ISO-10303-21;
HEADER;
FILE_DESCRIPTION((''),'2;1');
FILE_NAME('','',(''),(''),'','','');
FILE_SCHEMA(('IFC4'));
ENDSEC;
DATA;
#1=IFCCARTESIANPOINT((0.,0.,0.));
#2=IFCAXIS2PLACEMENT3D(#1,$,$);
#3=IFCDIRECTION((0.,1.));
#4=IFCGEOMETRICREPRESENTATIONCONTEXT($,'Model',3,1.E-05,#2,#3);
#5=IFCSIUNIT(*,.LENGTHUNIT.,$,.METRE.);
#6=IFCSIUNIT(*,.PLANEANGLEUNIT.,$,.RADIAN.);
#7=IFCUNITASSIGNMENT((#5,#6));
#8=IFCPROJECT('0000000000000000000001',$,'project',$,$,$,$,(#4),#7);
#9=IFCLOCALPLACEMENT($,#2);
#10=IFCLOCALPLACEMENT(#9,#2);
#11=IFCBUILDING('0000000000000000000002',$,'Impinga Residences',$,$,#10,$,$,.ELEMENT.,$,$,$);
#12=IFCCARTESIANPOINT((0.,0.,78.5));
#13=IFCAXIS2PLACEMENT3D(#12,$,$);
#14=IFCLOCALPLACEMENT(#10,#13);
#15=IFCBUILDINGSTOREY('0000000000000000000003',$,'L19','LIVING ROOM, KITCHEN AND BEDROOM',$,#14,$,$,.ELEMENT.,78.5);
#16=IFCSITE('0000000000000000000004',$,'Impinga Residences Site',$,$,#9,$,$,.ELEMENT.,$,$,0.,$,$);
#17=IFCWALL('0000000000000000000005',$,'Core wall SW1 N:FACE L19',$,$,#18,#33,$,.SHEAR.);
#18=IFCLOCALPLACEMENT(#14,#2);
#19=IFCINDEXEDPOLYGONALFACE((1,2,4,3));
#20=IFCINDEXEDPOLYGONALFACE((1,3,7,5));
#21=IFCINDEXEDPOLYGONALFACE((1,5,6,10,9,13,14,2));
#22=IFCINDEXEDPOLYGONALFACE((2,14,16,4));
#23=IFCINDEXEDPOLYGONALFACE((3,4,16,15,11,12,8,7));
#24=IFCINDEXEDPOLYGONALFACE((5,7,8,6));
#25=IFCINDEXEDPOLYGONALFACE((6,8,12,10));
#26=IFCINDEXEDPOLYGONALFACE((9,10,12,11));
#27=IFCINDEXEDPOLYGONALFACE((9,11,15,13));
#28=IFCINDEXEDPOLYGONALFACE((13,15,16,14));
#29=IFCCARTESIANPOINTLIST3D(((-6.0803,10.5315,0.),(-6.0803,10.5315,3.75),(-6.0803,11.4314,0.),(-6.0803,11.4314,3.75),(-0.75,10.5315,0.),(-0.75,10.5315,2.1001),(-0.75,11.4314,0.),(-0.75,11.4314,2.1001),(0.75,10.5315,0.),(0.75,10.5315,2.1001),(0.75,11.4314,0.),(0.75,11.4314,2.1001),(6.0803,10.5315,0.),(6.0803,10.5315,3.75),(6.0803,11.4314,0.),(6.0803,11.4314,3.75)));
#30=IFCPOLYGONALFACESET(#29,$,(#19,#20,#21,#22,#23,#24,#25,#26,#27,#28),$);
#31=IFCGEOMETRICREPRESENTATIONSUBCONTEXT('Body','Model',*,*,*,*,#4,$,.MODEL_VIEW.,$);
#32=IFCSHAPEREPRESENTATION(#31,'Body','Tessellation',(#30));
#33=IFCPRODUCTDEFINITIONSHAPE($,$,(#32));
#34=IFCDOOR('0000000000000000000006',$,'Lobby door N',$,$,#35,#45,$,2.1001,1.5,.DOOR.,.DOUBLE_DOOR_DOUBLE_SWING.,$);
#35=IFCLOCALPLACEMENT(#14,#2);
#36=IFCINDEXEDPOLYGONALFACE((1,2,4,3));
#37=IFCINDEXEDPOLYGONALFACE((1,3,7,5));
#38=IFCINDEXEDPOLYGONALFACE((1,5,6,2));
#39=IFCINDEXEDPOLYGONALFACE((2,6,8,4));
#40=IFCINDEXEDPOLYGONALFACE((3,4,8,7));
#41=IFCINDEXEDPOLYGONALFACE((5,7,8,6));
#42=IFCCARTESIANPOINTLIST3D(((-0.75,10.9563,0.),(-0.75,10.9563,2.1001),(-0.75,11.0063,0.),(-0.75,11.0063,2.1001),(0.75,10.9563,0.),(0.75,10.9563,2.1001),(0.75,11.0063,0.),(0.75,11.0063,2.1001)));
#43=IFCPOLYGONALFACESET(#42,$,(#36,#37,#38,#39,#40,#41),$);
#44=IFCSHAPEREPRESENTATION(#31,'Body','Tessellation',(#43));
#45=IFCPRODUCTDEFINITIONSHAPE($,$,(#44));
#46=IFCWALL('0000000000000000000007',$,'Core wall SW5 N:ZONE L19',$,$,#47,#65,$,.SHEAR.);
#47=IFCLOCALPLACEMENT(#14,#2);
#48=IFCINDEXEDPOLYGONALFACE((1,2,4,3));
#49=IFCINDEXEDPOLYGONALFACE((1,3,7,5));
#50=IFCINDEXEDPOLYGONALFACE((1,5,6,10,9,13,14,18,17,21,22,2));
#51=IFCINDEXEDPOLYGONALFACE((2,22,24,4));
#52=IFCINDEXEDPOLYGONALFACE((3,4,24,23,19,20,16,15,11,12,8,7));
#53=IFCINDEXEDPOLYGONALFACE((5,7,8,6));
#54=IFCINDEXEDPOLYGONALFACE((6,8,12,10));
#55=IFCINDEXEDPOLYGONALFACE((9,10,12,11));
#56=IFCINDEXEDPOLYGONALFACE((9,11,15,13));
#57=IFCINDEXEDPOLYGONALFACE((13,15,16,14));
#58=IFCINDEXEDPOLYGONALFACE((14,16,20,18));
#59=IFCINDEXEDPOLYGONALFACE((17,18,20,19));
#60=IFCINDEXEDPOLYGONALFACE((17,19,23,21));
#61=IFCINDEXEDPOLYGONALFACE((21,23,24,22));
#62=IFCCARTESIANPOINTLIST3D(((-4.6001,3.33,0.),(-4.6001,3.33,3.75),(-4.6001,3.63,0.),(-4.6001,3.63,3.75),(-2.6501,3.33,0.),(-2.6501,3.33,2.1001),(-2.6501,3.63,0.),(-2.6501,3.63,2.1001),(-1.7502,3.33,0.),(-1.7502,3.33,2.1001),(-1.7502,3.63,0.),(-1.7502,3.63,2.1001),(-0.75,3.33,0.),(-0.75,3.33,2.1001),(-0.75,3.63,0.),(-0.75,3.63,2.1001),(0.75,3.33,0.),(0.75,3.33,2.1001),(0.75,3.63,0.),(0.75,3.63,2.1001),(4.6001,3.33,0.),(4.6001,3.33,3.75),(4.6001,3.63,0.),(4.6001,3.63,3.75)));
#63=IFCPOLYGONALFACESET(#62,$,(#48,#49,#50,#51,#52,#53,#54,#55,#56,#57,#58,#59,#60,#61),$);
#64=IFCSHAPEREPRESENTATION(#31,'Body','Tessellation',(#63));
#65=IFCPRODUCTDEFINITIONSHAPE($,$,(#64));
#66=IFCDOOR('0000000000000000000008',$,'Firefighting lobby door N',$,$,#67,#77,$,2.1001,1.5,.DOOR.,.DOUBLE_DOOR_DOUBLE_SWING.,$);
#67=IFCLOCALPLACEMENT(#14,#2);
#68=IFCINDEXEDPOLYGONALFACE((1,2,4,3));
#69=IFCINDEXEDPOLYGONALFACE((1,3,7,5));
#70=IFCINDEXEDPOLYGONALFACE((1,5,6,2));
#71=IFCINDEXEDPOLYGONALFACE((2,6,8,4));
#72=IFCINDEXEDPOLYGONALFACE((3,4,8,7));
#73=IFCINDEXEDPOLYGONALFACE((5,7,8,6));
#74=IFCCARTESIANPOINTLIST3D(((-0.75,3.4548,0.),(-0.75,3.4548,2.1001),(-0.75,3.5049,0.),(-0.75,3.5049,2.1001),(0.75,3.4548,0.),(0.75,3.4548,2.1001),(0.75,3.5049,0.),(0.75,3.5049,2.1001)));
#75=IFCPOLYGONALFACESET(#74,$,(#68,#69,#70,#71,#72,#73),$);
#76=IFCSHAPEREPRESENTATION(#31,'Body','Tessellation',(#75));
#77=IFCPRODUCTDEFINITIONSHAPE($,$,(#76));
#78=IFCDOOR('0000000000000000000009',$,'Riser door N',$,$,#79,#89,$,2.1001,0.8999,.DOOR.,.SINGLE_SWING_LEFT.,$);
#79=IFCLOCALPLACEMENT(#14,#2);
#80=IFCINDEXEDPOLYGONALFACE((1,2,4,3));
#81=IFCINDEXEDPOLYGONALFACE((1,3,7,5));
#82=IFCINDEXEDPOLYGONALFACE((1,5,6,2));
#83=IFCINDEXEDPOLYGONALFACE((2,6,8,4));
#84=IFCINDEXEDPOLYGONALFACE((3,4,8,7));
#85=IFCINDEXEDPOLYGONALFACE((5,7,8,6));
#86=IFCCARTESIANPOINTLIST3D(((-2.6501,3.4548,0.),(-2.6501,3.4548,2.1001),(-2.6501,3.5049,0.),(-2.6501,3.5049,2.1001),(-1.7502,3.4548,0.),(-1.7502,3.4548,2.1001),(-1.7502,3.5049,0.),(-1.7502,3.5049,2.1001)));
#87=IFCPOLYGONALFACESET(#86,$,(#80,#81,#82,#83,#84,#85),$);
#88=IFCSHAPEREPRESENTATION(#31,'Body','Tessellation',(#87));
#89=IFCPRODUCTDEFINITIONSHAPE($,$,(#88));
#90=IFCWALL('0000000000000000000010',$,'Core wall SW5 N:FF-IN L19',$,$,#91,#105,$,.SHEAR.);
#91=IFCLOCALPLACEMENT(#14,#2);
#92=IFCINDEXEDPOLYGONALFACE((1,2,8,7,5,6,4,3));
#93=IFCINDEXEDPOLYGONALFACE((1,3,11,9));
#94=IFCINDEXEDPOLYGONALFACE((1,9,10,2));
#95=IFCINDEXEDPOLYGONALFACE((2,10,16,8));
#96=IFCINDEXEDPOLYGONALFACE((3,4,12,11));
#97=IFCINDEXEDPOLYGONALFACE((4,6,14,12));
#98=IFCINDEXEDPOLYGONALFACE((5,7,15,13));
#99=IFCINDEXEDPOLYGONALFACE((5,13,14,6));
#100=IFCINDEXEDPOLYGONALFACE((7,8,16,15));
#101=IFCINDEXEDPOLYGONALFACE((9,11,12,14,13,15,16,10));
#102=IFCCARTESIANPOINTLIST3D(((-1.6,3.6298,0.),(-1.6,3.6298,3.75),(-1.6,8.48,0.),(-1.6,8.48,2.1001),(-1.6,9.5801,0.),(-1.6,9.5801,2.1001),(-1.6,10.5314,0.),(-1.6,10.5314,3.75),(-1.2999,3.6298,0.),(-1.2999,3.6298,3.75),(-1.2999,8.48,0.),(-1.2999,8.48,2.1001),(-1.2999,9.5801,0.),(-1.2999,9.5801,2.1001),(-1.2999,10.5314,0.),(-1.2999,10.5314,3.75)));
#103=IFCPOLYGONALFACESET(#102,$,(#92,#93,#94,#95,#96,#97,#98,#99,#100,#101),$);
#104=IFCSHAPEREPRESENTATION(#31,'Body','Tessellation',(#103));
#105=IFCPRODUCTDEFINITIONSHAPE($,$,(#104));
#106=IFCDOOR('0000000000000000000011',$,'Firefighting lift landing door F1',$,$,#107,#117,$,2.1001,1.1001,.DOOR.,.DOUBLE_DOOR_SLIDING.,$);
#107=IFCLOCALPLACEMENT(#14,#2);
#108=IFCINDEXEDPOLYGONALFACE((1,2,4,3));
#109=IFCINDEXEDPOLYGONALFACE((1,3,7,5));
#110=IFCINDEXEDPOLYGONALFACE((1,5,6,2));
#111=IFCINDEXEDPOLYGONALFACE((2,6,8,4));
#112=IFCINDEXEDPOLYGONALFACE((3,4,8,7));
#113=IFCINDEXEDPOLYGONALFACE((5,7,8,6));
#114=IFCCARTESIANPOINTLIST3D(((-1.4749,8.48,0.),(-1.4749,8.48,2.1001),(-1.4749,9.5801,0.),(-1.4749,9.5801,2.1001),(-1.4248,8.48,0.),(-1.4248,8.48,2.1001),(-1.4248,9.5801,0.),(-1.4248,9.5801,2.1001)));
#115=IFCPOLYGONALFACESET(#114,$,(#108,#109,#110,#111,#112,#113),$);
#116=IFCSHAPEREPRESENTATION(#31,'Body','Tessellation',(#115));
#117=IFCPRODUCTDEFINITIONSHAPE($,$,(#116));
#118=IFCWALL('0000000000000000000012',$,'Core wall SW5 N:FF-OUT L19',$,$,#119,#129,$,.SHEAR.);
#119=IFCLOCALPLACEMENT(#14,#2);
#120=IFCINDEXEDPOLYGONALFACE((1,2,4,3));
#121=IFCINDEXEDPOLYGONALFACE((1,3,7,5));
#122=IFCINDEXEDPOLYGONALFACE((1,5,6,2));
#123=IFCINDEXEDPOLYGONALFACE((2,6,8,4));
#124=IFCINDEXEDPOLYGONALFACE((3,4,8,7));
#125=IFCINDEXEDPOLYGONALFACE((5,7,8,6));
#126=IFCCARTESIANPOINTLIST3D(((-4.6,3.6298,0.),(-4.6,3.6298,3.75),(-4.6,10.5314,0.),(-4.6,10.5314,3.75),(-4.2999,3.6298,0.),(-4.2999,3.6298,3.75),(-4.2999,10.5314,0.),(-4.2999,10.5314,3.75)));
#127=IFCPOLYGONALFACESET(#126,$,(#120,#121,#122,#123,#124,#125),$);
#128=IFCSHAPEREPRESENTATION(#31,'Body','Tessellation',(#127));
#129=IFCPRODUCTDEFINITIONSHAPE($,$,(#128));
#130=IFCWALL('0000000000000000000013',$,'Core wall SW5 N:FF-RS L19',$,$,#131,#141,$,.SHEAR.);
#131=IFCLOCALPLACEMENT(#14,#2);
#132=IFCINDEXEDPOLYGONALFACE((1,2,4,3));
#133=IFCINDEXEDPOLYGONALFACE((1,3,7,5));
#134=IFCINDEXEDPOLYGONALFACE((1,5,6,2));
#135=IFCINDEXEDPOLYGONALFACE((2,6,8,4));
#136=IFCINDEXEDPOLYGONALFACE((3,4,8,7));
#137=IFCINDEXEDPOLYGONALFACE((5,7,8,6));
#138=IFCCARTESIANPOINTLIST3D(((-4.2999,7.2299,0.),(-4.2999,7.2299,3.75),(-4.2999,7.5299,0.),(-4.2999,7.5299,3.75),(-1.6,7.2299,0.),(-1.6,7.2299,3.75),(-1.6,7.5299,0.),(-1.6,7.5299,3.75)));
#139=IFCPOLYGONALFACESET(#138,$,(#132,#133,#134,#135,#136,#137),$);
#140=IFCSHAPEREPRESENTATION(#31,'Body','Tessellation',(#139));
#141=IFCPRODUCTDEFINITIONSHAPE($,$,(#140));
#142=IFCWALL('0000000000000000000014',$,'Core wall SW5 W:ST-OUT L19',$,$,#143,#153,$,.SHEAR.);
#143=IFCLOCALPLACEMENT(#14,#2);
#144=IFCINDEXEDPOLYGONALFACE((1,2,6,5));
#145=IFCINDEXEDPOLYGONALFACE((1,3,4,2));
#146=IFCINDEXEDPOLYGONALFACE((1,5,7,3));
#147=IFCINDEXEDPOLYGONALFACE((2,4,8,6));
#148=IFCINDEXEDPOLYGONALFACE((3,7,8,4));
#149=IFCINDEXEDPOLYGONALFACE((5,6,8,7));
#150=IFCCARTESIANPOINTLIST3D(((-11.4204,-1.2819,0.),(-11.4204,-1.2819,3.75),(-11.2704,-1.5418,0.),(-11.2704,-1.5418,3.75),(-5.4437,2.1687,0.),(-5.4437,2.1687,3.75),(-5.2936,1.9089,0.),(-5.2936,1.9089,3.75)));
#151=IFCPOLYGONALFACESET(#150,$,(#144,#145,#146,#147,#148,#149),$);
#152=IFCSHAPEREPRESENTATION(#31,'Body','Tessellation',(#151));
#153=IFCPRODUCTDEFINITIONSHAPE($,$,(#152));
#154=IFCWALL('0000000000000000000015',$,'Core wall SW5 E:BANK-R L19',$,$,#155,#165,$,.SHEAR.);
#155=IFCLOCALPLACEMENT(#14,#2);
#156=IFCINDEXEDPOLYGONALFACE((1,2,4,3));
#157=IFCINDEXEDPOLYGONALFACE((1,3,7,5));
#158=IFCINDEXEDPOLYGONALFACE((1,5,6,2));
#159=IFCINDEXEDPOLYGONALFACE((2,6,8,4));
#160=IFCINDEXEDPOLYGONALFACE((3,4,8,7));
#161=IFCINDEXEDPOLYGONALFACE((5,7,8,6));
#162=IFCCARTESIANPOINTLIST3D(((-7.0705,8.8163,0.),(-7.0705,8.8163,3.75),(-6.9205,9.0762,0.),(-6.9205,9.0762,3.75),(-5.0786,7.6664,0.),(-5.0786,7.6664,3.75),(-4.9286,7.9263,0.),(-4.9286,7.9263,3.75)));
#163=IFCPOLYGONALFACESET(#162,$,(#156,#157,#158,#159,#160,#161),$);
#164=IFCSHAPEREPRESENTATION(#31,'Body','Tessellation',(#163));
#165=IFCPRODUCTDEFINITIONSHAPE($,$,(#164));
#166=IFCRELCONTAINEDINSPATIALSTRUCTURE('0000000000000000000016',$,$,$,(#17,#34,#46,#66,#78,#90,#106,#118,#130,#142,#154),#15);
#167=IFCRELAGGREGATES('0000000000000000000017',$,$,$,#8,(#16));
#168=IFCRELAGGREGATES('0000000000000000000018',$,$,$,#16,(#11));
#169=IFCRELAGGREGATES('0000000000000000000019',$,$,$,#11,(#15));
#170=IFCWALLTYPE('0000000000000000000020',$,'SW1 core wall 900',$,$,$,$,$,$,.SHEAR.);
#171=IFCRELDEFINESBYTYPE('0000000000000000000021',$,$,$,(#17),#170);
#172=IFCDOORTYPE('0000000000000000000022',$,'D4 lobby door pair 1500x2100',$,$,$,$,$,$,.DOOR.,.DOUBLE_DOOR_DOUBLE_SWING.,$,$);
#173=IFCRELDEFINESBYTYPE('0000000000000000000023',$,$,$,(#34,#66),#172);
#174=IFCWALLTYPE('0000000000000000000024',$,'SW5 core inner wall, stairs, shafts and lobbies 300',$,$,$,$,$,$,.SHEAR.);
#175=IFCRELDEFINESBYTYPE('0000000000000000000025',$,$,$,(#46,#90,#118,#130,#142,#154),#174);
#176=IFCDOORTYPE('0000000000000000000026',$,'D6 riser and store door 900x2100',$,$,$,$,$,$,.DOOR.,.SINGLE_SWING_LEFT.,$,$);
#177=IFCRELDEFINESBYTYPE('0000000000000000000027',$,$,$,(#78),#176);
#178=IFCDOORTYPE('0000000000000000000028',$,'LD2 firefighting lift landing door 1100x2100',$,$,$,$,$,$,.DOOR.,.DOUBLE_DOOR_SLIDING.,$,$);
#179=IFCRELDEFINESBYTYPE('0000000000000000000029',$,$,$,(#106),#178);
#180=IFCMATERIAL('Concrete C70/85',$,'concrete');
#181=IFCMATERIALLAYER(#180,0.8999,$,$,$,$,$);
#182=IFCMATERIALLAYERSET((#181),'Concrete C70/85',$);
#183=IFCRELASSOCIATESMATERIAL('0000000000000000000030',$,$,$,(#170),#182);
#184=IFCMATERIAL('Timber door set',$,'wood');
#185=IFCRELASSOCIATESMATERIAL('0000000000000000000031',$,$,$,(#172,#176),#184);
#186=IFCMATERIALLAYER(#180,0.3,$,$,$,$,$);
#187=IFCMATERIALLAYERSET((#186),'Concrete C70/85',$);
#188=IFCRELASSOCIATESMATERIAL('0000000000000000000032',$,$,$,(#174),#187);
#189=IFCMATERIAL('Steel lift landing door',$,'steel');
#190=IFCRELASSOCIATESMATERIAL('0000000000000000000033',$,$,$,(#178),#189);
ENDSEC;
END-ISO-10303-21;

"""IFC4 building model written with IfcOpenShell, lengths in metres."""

from ifc_helpers import new_model, si_unit, direction, frame, frame_2d, origin, place, context, subcontext, project, spatial, rectangle, extrude, material, layer, layer_set, type_object, element, fill, save


model = new_model("IFC4")

# Units and contexts
model_context = context("Model", 3, precision=1e-05, world=origin(), true_north=direction((0.0, 1.0)))
body_context = subcontext(model_context, "Body", "Model", "MODEL_VIEW")
ifc_project = project(units=[si_unit("LENGTHUNIT", "METRE"), si_unit("PLANEANGLEUNIT", "RADIAN")], contexts=[model_context])

# Site, building, storey
site_placement = place(None, origin())
site = spatial("IfcSite", under=ifc_project, at=site_placement, Name="Impinga Residences Site", CompositionType="ELEMENT", RefElevation=0.0)
building_placement = place(site_placement, origin())
building = spatial("IfcBuilding", under=site, at=building_placement, Name="Impinga Residences", CompositionType="ELEMENT")
storey_placement = place(building_placement, frame((0.0, 0.0, 78.5)))
storey = spatial("IfcBuildingStorey", under=building, at=storey_placement, Name="L19", Description="LIVING ROOM, KITCHEN AND BEDROOM", CompositionType="ELEMENT", Elevation=78.5)

# Shared definitions
ifc_material_1 = material(Name="Concrete C70/85", Category="concrete")
ifc_material_2 = material(Name="Timber door set", Category="wood")

# Wall, opening, door
ifc_layer_1 = layer(ifc_material_1, 0.8999)
ifc_layer_set_1 = layer_set([ifc_layer_1], Name="Concrete C70/85")
wall_type_1 = type_object("IfcWallType", Name="SW1 core wall 900", PredefinedType="SHEAR", material=ifc_layer_set_1)
wall_1_placement = place(storey_placement, frame((-6.0803, 10.9814, 0.0), z_axis=(0.0, 0.0, 1.0), x_axis=(1.0, 0.0, 0.0)))
wall_1 = element("IfcWall", 1, at=wall_1_placement, inside=storey, type_object=wall_type_1, Name="Core wall SW1 N:FACE L19", PredefinedType="SHEAR", context=body_context, shape_type="SweptSolid", body=[
    extrude(rectangle(XDim=12.1606, YDim=0.8999, at=frame_2d((6.0803, 0.0))), origin(), (0.0, 0.0, 1.0), 3.75),
])
opening_1_placement = place(wall_1_placement, frame((5.3303, 0.0, 0.0)))
opening_1 = element("IfcOpeningElement", 2, at=opening_1_placement, cuts=wall_1, PredefinedType="OPENING", context=body_context, shape_type="SweptSolid", body=[
    extrude(rectangle(XDim=1.5, YDim=2.1001, at=frame_2d((0.75, 1.05))), frame((0.0, 0.46, 0.0), z_axis=(0.0, -1.0, 0.0), x_axis=(1.0, 0.0, 0.0)), (0.0, 0.0, 1.0), 0.9199),
])
door_type_1 = type_object("IfcDoorType", Name="D4 lobby door pair 1500x2100", OperationType="DOUBLE_DOOR_DOUBLE_SWING", PredefinedType="DOOR", material=ifc_material_2)
door_1_placement = place(opening_1_placement, origin())
door_1 = element("IfcDoor", 3, at=door_1_placement, inside=storey, type_object=door_type_1, Name="Lobby door N", OperationType="DOUBLE_DOOR_DOUBLE_SWING", OverallHeight=2.1001, OverallWidth=1.5, PredefinedType="DOOR", context=body_context, shape_type="SweptSolid", body=[
    extrude(rectangle(XDim=1.5, YDim=2.1001, at=frame_2d((0.75, 1.05))), frame((0.0, 0.0249, 0.0), z_axis=(0.0, -1.0, 0.0), x_axis=(1.0, 0.0, 0.0)), (0.0, 0.0, 1.0), 0.05),
])
fill(opening_1, door_1)

# Wall, openings, doors
ifc_layer_2 = layer(ifc_material_1, 0.3)
ifc_layer_set_2 = layer_set([ifc_layer_2], Name="Concrete C70/85")
wall_type_2 = type_object("IfcWallType", Name="SW5 core inner wall, stairs, shafts and lobbies 300", PredefinedType="SHEAR", material=ifc_layer_set_2)
wall_2_placement = place(storey_placement, frame((-4.6001, 3.48, 0.0), z_axis=(0.0, 0.0, 1.0), x_axis=(1.0, 0.0, 0.0)))
wall_2 = element("IfcWall", 4, at=wall_2_placement, inside=storey, type_object=wall_type_2, Name="Core wall SW5 N:ZONE L19", PredefinedType="SHEAR", context=body_context, shape_type="SweptSolid", body=[
    extrude(rectangle(XDim=9.2002, YDim=0.3, at=frame_2d((4.6001, 0.0))), origin(), (0.0, 0.0, 1.0), 3.75),
])
opening_2_placement = place(wall_2_placement, frame((3.8501, 0.0, 0.0)))
opening_2 = element("IfcOpeningElement", 5, at=opening_2_placement, cuts=wall_2, PredefinedType="OPENING", context=body_context, shape_type="SweptSolid", body=[
    extrude(rectangle(XDim=1.5, YDim=2.1001, at=frame_2d((0.75, 1.05))), frame((0.0, 0.1599, 0.0), z_axis=(0.0, -1.0, 0.0), x_axis=(1.0, 0.0, 0.0)), (0.0, 0.0, 1.0), 0.3201),
])
opening_3_placement = place(wall_2_placement, frame((1.95, 0.0, 0.0)))
opening_3 = element("IfcOpeningElement", 6, at=opening_3_placement, cuts=wall_2, PredefinedType="OPENING", context=body_context, shape_type="SweptSolid", body=[
    extrude(rectangle(XDim=0.8999, YDim=2.1001, at=frame_2d((0.45, 1.05))), frame((0.0, 0.1599, 0.0), z_axis=(0.0, -1.0, 0.0), x_axis=(1.0, 0.0, 0.0)), (0.0, 0.0, 1.0), 0.3201),
])
door_2_placement = place(opening_2_placement, origin())
door_2 = element("IfcDoor", 7, at=door_2_placement, inside=storey, type_object=door_type_1, Name="Firefighting lobby door N", OperationType="DOUBLE_DOOR_DOUBLE_SWING", OverallHeight=2.1001, OverallWidth=1.5, PredefinedType="DOOR", context=body_context, shape_type="SweptSolid", body=[
    extrude(rectangle(XDim=1.5, YDim=2.1001, at=frame_2d((0.75, 1.05))), frame((0.0, 0.0249, 0.0), z_axis=(0.0, -1.0, 0.0), x_axis=(1.0, 0.0, 0.0)), (0.0, 0.0, 1.0), 0.05),
])
fill(opening_2, door_2)
door_type_2 = type_object("IfcDoorType", Name="D6 riser and store door 900x2100", OperationType="SINGLE_SWING_LEFT", PredefinedType="DOOR", material=ifc_material_2)
door_3_placement = place(opening_3_placement, origin())
door_3 = element("IfcDoor", 8, at=door_3_placement, inside=storey, type_object=door_type_2, Name="Riser door N", OperationType="SINGLE_SWING_LEFT", OverallHeight=2.1001, OverallWidth=0.8999, PredefinedType="DOOR", context=body_context, shape_type="SweptSolid", body=[
    extrude(rectangle(XDim=0.8999, YDim=2.1001, at=frame_2d((0.45, 1.05))), frame((0.0, 0.0249, 0.0), z_axis=(0.0, -1.0, 0.0), x_axis=(1.0, 0.0, 0.0)), (0.0, 0.0, 1.0), 0.05),
])
fill(opening_3, door_3)

# Wall, opening, door
wall_3_placement = place(storey_placement, frame((-1.45, 3.6299, 0.0), z_axis=(0.0, 0.0, 1.0), x_axis=(0.0, 1.0, 0.0)))
wall_3 = element("IfcWall", 9, at=wall_3_placement, inside=storey, type_object=wall_type_2, Name="Core wall SW5 N:FF-IN L19", PredefinedType="SHEAR", context=body_context, shape_type="SweptSolid", body=[
    extrude(rectangle(XDim=6.9016, YDim=0.3, at=frame_2d((3.4507, 0.0))), origin(), (0.0, 0.0, 1.0), 3.75),
])
opening_4_placement = place(wall_3_placement, frame((4.8501, 0.0, 0.0)))
opening_4 = element("IfcOpeningElement", 10, at=opening_4_placement, cuts=wall_3, PredefinedType="OPENING", context=body_context, shape_type="SweptSolid", body=[
    extrude(rectangle(XDim=1.1001, YDim=2.1001, at=frame_2d((0.55, 1.05))), frame((0.0, 0.1599, 0.0), z_axis=(0.0, -1.0, 0.0), x_axis=(1.0, 0.0, 0.0)), (0.0, 0.0, 1.0), 0.3201),
])
ifc_material_3 = material(Name="Steel lift landing door", Category="steel")
door_type_3 = type_object("IfcDoorType", Name="LD2 firefighting lift landing door 1100x2100", OperationType="DOUBLE_DOOR_SLIDING", PredefinedType="DOOR", material=ifc_material_3)
door_4_placement = place(opening_4_placement, origin())
door_4 = element("IfcDoor", 11, at=door_4_placement, inside=storey, type_object=door_type_3, Name="Firefighting lift landing door F1", OperationType="DOUBLE_DOOR_SLIDING", OverallHeight=2.1001, OverallWidth=1.1001, PredefinedType="DOOR", context=body_context, shape_type="SweptSolid", body=[
    extrude(rectangle(XDim=1.1001, YDim=2.1001, at=frame_2d((0.55, 1.05))), frame((0.0, 0.0249, 0.0), z_axis=(0.0, -1.0, 0.0), x_axis=(1.0, 0.0, 0.0)), (0.0, 0.0, 1.0), 0.05),
])
fill(opening_4, door_4)

# Walls
wall_4_placement = place(storey_placement, frame((-4.45, 3.6299, 0.0), z_axis=(0.0, 0.0, 1.0), x_axis=(0.0, 1.0, 0.0)))
element("IfcWall", 12, at=wall_4_placement, inside=storey, type_object=wall_type_2, Name="Core wall SW5 N:FF-OUT L19", PredefinedType="SHEAR", context=body_context, shape_type="SweptSolid", body=[
    extrude(rectangle(XDim=6.9016, YDim=0.3, at=frame_2d((3.4507, 0.0))), origin(), (0.0, 0.0, 1.0), 3.75),
])
wall_5_placement = place(storey_placement, frame((-4.3, 7.3799, 0.0), z_axis=(0.0, 0.0, 1.0), x_axis=(1.0, 0.0, 0.0)))
element("IfcWall", 13, at=wall_5_placement, inside=storey, type_object=wall_type_2, Name="Core wall SW5 N:FF-RS L19", PredefinedType="SHEAR", context=body_context, shape_type="SweptSolid", body=[
    extrude(rectangle(XDim=2.7, YDim=0.3, at=frame_2d((1.3501, 0.0))), origin(), (0.0, 0.0, 1.0), 3.75),
])
wall_6_placement = place(storey_placement, frame((-5.3687, 2.0388, 0.0), z_axis=(0.0, 0.0, 1.0), x_axis=(-0.866027, -0.499997, 0.0)))
element("IfcWall", 14, at=wall_6_placement, inside=storey, type_object=wall_type_2, Name="Core wall SW5 W:ST-OUT L19", PredefinedType="SHEAR", context=body_context, shape_type="SweptSolid", body=[
    extrude(rectangle(XDim=6.9014, YDim=0.3, at=frame_2d((3.4507, 0.0))), origin(), (0.0, 0.0, 1.0), 3.75),
])
wall_7_placement = place(storey_placement, frame((-5.0037, 7.7964, 0.0), z_axis=(0.0, 0.0, 1.0), x_axis=(-0.866053, 0.499952, 0.0)))
element("IfcWall", 15, at=wall_7_placement, inside=storey, type_object=wall_type_2, Name="Core wall SW5 E:BANK-R L19", PredefinedType="SHEAR", context=body_context, shape_type="SweptSolid", body=[
    extrude(rectangle(XDim=2.3, YDim=0.3, at=frame_2d((1.1499, 0.0))), origin(), (0.0, 0.0, 1.0), 3.75),
])

save(model, "model.ifc")
